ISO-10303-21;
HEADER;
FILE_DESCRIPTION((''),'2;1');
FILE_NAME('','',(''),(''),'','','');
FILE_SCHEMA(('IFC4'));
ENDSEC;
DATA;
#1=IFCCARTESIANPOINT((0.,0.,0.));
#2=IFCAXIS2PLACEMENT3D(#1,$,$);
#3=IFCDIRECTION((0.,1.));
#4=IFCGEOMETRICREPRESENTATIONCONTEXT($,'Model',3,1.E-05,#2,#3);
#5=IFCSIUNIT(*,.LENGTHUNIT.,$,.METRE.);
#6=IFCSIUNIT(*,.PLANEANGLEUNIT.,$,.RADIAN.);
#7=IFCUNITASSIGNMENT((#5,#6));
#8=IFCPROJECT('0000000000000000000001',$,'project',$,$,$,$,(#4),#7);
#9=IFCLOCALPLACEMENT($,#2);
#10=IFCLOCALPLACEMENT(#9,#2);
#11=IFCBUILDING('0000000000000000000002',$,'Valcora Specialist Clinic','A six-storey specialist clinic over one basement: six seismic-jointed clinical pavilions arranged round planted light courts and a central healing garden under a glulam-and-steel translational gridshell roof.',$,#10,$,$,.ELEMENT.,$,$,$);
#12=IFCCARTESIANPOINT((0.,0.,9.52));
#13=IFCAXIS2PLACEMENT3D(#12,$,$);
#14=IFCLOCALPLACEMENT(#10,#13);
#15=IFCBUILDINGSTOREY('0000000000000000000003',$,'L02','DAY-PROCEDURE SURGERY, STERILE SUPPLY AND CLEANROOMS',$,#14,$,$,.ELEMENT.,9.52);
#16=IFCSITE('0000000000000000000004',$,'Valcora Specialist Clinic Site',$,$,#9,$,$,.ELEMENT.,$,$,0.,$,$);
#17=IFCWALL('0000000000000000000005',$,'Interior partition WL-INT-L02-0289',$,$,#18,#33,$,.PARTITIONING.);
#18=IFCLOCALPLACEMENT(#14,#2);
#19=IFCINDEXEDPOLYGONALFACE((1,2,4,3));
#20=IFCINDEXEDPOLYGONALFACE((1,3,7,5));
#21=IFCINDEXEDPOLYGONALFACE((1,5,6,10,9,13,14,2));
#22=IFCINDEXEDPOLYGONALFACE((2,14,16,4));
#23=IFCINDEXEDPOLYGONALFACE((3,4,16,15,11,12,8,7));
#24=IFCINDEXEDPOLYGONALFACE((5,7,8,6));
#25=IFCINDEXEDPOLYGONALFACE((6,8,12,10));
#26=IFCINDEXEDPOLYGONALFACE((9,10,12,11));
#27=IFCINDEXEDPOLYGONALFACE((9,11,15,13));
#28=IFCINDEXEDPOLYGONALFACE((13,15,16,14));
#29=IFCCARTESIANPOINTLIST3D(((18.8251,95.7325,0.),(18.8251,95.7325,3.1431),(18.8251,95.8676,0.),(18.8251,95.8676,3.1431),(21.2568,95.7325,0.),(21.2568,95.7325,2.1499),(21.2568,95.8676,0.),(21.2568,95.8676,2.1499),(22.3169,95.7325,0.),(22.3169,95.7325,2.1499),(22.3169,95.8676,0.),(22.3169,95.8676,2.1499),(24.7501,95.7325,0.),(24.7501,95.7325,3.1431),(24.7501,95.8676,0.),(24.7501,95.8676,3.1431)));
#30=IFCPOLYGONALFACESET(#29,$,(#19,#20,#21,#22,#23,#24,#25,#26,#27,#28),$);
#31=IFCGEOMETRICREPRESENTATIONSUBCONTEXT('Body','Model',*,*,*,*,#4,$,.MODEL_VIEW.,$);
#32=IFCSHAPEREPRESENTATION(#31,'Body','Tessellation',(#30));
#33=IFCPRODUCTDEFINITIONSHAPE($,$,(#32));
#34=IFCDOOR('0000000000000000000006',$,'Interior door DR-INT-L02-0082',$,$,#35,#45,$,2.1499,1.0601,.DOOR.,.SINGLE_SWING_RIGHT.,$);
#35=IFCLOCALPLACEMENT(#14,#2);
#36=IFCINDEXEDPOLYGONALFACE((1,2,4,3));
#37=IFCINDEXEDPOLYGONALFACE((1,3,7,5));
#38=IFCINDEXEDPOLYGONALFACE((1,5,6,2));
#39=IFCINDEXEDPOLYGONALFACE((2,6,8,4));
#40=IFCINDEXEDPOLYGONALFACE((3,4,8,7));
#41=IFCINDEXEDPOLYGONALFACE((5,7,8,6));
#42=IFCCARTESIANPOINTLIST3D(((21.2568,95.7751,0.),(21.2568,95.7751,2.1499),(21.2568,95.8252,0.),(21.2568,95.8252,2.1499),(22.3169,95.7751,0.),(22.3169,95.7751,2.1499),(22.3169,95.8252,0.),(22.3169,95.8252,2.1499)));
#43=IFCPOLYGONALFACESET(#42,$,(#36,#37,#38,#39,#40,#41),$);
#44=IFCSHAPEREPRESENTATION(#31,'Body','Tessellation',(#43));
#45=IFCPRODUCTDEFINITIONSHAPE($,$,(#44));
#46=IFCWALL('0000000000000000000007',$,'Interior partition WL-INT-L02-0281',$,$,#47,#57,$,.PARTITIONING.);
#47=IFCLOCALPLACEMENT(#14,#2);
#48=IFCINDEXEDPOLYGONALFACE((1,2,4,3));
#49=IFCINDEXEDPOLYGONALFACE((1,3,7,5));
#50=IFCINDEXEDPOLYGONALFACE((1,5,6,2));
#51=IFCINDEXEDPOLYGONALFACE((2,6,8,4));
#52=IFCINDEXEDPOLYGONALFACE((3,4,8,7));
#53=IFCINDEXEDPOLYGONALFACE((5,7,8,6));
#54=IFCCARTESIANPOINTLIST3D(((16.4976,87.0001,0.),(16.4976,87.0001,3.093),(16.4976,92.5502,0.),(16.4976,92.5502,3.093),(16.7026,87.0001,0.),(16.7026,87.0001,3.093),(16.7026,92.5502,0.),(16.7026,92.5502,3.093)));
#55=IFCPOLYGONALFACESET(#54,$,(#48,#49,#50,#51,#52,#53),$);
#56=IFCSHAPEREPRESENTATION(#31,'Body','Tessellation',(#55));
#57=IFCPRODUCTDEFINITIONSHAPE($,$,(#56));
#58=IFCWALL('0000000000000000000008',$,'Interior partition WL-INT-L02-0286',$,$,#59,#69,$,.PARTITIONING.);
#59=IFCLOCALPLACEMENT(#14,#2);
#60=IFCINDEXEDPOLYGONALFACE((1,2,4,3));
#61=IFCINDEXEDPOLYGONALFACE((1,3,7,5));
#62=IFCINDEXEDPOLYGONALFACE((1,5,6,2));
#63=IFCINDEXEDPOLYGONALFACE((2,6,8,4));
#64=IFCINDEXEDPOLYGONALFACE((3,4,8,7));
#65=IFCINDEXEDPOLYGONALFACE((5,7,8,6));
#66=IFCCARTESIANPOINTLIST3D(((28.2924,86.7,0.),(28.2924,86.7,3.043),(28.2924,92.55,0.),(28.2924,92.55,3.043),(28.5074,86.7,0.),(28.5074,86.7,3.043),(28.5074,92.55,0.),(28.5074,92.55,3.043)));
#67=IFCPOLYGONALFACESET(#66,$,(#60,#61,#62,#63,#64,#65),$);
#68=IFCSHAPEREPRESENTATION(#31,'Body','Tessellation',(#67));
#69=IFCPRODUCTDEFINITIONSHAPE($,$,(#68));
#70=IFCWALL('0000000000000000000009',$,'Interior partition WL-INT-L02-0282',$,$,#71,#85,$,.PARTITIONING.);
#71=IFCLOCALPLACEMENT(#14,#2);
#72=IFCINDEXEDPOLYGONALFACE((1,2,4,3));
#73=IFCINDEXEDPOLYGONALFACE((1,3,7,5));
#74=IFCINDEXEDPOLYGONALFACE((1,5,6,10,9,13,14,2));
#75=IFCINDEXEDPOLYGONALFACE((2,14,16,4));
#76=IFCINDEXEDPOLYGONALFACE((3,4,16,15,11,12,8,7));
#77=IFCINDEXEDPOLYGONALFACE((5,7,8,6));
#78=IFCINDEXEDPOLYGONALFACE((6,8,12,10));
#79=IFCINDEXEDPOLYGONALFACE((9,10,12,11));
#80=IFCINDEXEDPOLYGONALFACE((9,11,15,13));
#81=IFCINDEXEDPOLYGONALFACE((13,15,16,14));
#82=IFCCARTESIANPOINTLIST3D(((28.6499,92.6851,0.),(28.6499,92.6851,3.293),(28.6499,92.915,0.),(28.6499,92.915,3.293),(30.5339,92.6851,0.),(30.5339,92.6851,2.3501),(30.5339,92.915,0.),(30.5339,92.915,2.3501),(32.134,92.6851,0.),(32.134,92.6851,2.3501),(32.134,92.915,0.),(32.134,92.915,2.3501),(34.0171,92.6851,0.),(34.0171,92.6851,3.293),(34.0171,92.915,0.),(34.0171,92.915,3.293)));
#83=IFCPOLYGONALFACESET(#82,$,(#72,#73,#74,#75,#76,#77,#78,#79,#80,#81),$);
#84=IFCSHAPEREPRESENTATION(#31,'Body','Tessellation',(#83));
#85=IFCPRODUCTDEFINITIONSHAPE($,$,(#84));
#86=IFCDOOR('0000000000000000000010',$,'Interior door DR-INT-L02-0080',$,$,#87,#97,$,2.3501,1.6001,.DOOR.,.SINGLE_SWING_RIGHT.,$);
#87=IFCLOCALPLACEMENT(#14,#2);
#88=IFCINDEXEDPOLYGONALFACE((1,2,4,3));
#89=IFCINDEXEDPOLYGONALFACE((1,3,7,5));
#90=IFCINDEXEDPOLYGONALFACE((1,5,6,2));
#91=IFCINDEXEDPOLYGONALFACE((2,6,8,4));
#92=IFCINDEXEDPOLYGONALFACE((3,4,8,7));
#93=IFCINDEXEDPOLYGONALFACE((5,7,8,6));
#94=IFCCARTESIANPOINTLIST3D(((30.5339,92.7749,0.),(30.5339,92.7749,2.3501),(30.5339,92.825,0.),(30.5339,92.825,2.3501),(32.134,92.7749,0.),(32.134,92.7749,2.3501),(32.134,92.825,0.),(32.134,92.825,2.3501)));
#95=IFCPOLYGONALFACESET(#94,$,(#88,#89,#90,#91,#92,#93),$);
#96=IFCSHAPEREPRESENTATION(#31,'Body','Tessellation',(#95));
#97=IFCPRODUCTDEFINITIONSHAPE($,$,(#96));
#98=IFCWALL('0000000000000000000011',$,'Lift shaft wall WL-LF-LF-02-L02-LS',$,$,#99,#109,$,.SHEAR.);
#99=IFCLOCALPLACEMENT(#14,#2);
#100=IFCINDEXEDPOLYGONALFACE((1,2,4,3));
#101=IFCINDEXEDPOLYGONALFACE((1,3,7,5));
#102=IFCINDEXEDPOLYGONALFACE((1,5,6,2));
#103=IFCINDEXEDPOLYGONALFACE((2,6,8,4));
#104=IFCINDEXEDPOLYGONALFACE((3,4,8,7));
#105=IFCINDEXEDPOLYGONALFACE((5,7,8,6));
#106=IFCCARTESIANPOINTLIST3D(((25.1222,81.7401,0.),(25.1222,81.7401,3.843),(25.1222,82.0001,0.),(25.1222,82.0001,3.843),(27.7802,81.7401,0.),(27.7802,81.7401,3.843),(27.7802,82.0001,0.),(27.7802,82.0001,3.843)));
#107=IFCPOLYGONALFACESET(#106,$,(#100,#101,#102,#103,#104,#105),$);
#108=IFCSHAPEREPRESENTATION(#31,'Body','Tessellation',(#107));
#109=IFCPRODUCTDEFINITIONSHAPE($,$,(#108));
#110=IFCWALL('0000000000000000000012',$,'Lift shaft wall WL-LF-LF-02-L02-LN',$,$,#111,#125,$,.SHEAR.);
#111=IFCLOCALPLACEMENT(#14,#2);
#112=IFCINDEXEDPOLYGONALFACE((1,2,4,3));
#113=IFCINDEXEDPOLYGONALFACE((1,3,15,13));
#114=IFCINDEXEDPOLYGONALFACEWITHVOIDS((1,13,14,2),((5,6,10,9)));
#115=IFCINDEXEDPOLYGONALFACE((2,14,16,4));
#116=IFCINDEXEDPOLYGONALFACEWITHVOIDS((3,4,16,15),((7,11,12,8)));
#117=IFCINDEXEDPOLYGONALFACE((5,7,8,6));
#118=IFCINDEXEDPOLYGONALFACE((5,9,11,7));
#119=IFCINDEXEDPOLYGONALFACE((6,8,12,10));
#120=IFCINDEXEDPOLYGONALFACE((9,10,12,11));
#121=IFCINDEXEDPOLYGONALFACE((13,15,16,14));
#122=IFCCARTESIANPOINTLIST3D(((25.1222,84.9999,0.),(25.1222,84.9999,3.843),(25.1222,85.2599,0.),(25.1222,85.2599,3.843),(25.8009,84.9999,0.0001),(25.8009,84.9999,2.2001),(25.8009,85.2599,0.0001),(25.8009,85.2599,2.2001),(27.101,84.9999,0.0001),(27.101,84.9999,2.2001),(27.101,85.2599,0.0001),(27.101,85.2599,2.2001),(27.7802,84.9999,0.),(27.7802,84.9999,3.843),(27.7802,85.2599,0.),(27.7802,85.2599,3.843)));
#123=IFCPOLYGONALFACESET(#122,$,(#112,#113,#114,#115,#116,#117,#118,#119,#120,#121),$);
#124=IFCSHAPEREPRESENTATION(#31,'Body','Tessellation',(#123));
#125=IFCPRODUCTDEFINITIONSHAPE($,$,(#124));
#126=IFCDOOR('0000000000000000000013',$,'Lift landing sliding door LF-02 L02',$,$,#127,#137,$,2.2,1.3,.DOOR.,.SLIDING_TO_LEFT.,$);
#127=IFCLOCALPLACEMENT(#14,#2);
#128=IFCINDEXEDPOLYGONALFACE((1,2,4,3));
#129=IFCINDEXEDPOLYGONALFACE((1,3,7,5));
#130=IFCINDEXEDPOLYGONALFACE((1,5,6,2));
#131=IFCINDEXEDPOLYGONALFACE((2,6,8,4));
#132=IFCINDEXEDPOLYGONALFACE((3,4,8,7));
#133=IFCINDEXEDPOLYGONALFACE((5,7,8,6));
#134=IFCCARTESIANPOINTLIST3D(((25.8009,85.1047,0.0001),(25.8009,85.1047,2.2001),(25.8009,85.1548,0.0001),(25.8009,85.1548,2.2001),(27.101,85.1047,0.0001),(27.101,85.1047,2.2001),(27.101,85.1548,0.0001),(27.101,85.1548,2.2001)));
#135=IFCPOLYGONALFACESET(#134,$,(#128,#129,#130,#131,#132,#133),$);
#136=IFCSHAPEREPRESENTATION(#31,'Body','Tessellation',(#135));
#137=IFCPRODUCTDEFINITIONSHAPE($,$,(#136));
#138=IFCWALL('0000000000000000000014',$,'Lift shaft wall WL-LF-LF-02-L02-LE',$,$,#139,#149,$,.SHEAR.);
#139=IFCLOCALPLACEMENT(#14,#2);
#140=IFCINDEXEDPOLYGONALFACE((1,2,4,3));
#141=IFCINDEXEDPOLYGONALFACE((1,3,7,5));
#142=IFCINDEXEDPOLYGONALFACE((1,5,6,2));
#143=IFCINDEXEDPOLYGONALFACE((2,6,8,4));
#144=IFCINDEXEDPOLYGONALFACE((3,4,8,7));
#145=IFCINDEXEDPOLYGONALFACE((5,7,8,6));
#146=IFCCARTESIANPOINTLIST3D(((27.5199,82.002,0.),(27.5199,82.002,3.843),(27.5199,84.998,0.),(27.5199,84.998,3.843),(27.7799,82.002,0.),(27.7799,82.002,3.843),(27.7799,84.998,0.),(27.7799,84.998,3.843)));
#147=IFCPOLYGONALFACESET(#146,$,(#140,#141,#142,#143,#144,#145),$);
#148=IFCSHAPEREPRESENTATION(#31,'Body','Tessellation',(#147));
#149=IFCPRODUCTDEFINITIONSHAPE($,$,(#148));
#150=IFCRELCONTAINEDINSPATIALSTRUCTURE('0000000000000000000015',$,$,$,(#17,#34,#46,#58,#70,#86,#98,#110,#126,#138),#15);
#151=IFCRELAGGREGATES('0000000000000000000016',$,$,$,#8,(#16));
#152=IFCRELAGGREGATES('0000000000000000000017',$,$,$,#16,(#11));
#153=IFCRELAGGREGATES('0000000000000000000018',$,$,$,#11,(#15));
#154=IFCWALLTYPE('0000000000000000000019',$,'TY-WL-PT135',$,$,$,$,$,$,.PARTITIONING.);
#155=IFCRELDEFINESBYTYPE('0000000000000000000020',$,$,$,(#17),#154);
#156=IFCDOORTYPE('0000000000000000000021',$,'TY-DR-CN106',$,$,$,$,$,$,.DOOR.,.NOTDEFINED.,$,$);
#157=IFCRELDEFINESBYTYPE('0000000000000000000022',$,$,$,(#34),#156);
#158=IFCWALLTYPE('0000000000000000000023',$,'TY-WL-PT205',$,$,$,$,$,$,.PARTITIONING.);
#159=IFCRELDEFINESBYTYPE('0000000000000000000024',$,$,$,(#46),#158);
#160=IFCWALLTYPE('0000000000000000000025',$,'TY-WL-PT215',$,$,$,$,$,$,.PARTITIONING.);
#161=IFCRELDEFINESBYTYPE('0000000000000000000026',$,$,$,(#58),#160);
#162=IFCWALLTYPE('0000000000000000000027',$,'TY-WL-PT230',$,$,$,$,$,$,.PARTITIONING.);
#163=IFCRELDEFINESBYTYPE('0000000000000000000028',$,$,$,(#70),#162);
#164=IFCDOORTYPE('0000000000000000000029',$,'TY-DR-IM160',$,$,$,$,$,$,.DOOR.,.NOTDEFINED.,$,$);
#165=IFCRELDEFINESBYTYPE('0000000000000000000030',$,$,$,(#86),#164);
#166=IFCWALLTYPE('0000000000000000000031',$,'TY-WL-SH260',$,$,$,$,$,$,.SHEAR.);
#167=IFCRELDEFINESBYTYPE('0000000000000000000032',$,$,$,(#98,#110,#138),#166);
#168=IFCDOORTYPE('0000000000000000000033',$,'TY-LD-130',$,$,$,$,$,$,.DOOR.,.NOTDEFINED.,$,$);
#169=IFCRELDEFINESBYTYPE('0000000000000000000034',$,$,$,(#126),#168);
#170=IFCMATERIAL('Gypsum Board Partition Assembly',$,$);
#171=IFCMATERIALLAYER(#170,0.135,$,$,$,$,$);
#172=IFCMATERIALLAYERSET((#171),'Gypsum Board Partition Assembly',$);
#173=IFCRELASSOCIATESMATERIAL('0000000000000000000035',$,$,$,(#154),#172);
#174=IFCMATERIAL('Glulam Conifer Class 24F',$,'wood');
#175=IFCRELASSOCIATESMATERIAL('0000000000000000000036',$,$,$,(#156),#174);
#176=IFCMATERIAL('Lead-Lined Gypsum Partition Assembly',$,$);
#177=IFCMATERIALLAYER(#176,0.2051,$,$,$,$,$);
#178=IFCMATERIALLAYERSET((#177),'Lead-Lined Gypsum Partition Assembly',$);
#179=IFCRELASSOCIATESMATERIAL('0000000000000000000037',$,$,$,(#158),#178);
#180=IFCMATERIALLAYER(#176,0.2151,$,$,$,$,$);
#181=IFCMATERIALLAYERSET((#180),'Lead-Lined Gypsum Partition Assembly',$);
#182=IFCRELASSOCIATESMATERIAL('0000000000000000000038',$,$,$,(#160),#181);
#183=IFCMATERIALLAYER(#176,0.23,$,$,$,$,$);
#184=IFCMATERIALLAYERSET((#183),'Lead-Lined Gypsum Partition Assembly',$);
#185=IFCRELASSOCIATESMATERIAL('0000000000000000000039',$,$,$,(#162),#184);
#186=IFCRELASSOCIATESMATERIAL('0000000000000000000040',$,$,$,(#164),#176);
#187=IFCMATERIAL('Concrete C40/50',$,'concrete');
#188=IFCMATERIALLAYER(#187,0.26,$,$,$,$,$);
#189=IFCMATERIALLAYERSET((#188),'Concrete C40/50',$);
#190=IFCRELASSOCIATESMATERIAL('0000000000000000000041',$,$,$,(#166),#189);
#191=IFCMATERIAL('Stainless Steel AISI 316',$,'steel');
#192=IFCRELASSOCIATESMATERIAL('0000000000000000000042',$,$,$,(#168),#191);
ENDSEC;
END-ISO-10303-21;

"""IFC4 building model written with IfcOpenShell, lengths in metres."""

from ifc_helpers import new_model, si_unit, direction, frame, frame_2d, origin, place, context, subcontext, project, spatial, rectangle, extrude, material, layer, layer_set, type_object, element, fill, save


model = new_model("IFC4")

# Units and contexts
model_context = context("Model", 3, precision=1e-05, world=origin(), true_north=direction((0.0, 1.0)))
body_context = subcontext(model_context, "Body", "Model", "MODEL_VIEW")
ifc_project = project(units=[si_unit("LENGTHUNIT", "METRE"), si_unit("PLANEANGLEUNIT", "RADIAN")], contexts=[model_context])

# Site, building, storey
site_placement = place(None, origin())
site = spatial("IfcSite", under=ifc_project, at=site_placement, Name="Valcora Specialist Clinic Site", CompositionType="ELEMENT", RefElevation=0.0)
building_placement = place(site_placement, origin())
building = spatial("IfcBuilding", under=site, at=building_placement, Name="Valcora Specialist Clinic", Description="A six-storey specialist clinic over one basement: six seismic-jointed clinical pavilions arranged round planted light courts and a central healing garden under a glulam-and-steel translational gridshell roof.", CompositionType="ELEMENT")
storey_placement = place(building_placement, frame((0.0, 0.0, 9.52)))
storey = spatial("IfcBuildingStorey", under=building, at=storey_placement, Name="L02", Description="DAY-PROCEDURE SURGERY, STERILE SUPPLY AND CLEANROOMS", CompositionType="ELEMENT", Elevation=9.52)

# Shared definitions
ifc_material_1 = material(Name="Concrete C40/50", Category="concrete")

# Wall, opening, door
ifc_material_2 = material(Name="Gypsum Board Partition Assembly")
ifc_material_3 = material(Name="Glulam Conifer Class 24F", Category="wood")
ifc_layer_1 = layer(ifc_material_2, 0.135)
ifc_layer_set_1 = layer_set([ifc_layer_1], Name="Gypsum Board Partition Assembly")
wall_type_1 = type_object("IfcWallType", Name="TY-WL-PT135", PredefinedType="PARTITIONING", material=ifc_layer_set_1)
wall_1_placement = place(storey_placement, frame((24.75, 95.8, 0.0), z_axis=(0.0, 0.0, 1.0), x_axis=(-1.0, 0.0, 0.0)))
wall_1 = element("IfcWall", 1, at=wall_1_placement, inside=storey, type_object=wall_type_1, Name="Interior partition WL-INT-L02-0289", PredefinedType="PARTITIONING", context=body_context, shape_type="SweptSolid", body=[
    extrude(rectangle(XDim=5.925, YDim=0.135, at=frame_2d((2.9624, 0.0))), origin(), (0.0, 0.0, 1.0), 3.1431),
])
opening_1_placement = place(wall_1_placement, frame((2.4331, 0.0, 0.0)))
opening_1 = element("IfcOpeningElement", 2, at=opening_1_placement, cuts=wall_1, PredefinedType="OPENING", context=body_context, shape_type="SweptSolid", body=[
    extrude(rectangle(XDim=1.0601, YDim=2.1499, at=frame_2d((0.53, 1.075))), frame((0.0, 0.0774, 0.0), z_axis=(0.0, -1.0, 0.0), x_axis=(1.0, 0.0, 0.0)), (0.0, 0.0, 1.0), 0.155),
])
door_type_1 = type_object("IfcDoorType", Name="TY-DR-CN106", OperationType="NOTDEFINED", PredefinedType="DOOR", material=ifc_material_3)
door_1_placement = place(opening_1_placement, origin())
door_1 = element("IfcDoor", 3, at=door_1_placement, inside=storey, type_object=door_type_1, Name="Interior door DR-INT-L02-0082", OperationType="SINGLE_SWING_RIGHT", OverallHeight=2.1499, OverallWidth=1.0601, PredefinedType="DOOR", context=body_context, shape_type="SweptSolid", body=[
    extrude(rectangle(XDim=1.0601, YDim=2.1499, at=frame_2d((0.53, 1.075))), frame((0.0, 0.0249, 0.0), z_axis=(0.0, -1.0, 0.0), x_axis=(1.0, 0.0, 0.0)), (0.0, 0.0, 1.0), 0.05),
])
fill(opening_1, door_1)

# Walls
ifc_material_4 = material(Name="Lead-Lined Gypsum Partition Assembly")
ifc_layer_2 = layer(ifc_material_4, 0.2051)
ifc_layer_set_2 = layer_set([ifc_layer_2], Name="Lead-Lined Gypsum Partition Assembly")
wall_type_2 = type_object("IfcWallType", Name="TY-WL-PT205", PredefinedType="PARTITIONING", material=ifc_layer_set_2)
wall_2_placement = place(storey_placement, frame((16.6001, 92.55, 0.0), z_axis=(0.0, 0.0, 1.0), x_axis=(0.0, -1.0, 0.0)))
element("IfcWall", 4, at=wall_2_placement, inside=storey, type_object=wall_type_2, Name="Interior partition WL-INT-L02-0281", PredefinedType="PARTITIONING", context=body_context, shape_type="SweptSolid", body=[
    extrude(rectangle(XDim=5.55, YDim=0.2051, at=frame_2d((2.7749, 0.0))), origin(), (0.0, 0.0, 1.0), 3.093),
])
ifc_layer_3 = layer(ifc_material_4, 0.2151)
ifc_layer_set_3 = layer_set([ifc_layer_3], Name="Lead-Lined Gypsum Partition Assembly")
wall_type_3 = type_object("IfcWallType", Name="TY-WL-PT215", PredefinedType="PARTITIONING", material=ifc_layer_set_3)
wall_3_placement = place(storey_placement, frame((28.3999, 86.7, 0.0), z_axis=(0.0, 0.0, 1.0), x_axis=(0.0, 1.0, 0.0)))
element("IfcWall", 5, at=wall_3_placement, inside=storey, type_object=wall_type_3, Name="Interior partition WL-INT-L02-0286", PredefinedType="PARTITIONING", context=body_context, shape_type="SweptSolid", body=[
    extrude(rectangle(XDim=5.8501, YDim=0.2151, at=frame_2d((2.925, 0.0))), origin(), (0.0, 0.0, 1.0), 3.043),
])

# Wall, opening, door
ifc_layer_4 = layer(ifc_material_4, 0.23)
ifc_layer_set_4 = layer_set([ifc_layer_4], Name="Lead-Lined Gypsum Partition Assembly")
wall_type_4 = type_object("IfcWallType", Name="TY-WL-PT230", PredefinedType="PARTITIONING", material=ifc_layer_set_4)
wall_4_placement = place(storey_placement, frame((28.6499, 92.8, 0.0), z_axis=(0.0, 0.0, 1.0), x_axis=(1.0, 0.0, 0.0)))
wall_4 = element("IfcWall", 6, at=wall_4_placement, inside=storey, type_object=wall_type_4, Name="Interior partition WL-INT-L02-0282", PredefinedType="PARTITIONING", context=body_context, shape_type="SweptSolid", body=[
    extrude(rectangle(XDim=5.3672, YDim=0.23, at=frame_2d((2.6836, 0.0))), origin(), (0.0, 0.0, 1.0), 3.293),
])
opening_2_placement = place(wall_4_placement, frame((1.884, 0.0, 0.0)))
opening_2 = element("IfcOpeningElement", 7, at=opening_2_placement, cuts=wall_4, PredefinedType="OPENING", context=body_context, shape_type="SweptSolid", body=[
    extrude(rectangle(XDim=1.6001, YDim=2.3501, at=frame_2d((0.8, 1.175))), frame((0.0, 0.125, 0.0), z_axis=(0.0, -1.0, 0.0), x_axis=(1.0, 0.0, 0.0)), (0.0, 0.0, 1.0), 0.25),
])
door_type_2 = type_object("IfcDoorType", Name="TY-DR-IM160", OperationType="NOTDEFINED", PredefinedType="DOOR", material=ifc_material_4)
door_2_placement = place(opening_2_placement, origin())
door_2 = element("IfcDoor", 8, at=door_2_placement, inside=storey, type_object=door_type_2, Name="Interior door DR-INT-L02-0080", OperationType="SINGLE_SWING_RIGHT", OverallHeight=2.3501, OverallWidth=1.6001, PredefinedType="DOOR", context=body_context, shape_type="SweptSolid", body=[
    extrude(rectangle(XDim=1.6001, YDim=2.3501, at=frame_2d((0.8, 1.175))), frame((0.0, 0.0249, 0.0), z_axis=(0.0, -1.0, 0.0), x_axis=(1.0, 0.0, 0.0)), (0.0, 0.0, 1.0), 0.05),
])
fill(opening_2, door_2)

# Wall
ifc_layer_5 = layer(ifc_material_1, 0.26)
ifc_layer_set_5 = layer_set([ifc_layer_5], Name="Concrete C40/50")
wall_type_5 = type_object("IfcWallType", Name="TY-WL-SH260", PredefinedType="SHEAR", material=ifc_layer_set_5)
wall_5_placement = place(storey_placement, frame((25.1221, 81.8701, 0.0), z_axis=(0.0, 0.0, 1.0), x_axis=(1.0, 0.0, 0.0)))
element("IfcWall", 9, at=wall_5_placement, inside=storey, type_object=wall_type_5, Name="Lift shaft wall WL-LF-LF-02-L02-LS", PredefinedType="SHEAR", context=body_context, shape_type="SweptSolid", body=[
    extrude(rectangle(XDim=2.658, YDim=0.26, at=frame_2d((1.3291, 0.0))), origin(), (0.0, 0.0, 1.0), 3.843),
])

# Wall, opening, door
wall_6_placement = place(storey_placement, frame((25.1221, 85.1299, 0.0), z_axis=(0.0, 0.0, 1.0), x_axis=(1.0, 0.0, 0.0)))
wall_6 = element("IfcWall", 10, at=wall_6_placement, inside=storey, type_object=wall_type_5, Name="Lift shaft wall WL-LF-LF-02-L02-LN", PredefinedType="SHEAR", context=body_context, shape_type="SweptSolid", body=[
    extrude(rectangle(XDim=2.658, YDim=0.26, at=frame_2d((1.3291, 0.0))), origin(), (0.0, 0.0, 1.0), 3.843),
])
opening_3_placement = place(wall_6_placement, frame((0.679, 0.0, 0.0)))
opening_3 = element("IfcOpeningElement", 11, at=opening_3_placement, cuts=wall_6, PredefinedType="OPENING", context=body_context, shape_type="SweptSolid", body=[
    extrude(rectangle(XDim=1.3, YDim=2.2, at=frame_2d((0.6499, 1.1001))), frame((0.0, 0.1399, 0.0), z_axis=(0.0, -1.0, 0.0), x_axis=(1.0, 0.0, 0.0)), (0.0, 0.0, 1.0), 0.28),
])
ifc_material_5 = material(Name="Stainless Steel AISI 316", Category="steel")
door_type_3 = type_object("IfcDoorType", Name="TY-LD-130", OperationType="NOTDEFINED", PredefinedType="DOOR", material=ifc_material_5)
door_3_placement = place(opening_3_placement, origin())
door_3 = element("IfcDoor", 12, at=door_3_placement, inside=storey, type_object=door_type_3, Name="Lift landing sliding door LF-02 L02", OperationType="SLIDING_TO_LEFT", OverallHeight=2.2, OverallWidth=1.3, PredefinedType="DOOR", context=body_context, shape_type="SweptSolid", body=[
    extrude(rectangle(XDim=1.3, YDim=2.2, at=frame_2d((0.6499, 1.1001))), frame((0.0, 0.0249, 0.0), z_axis=(0.0, -1.0, 0.0), x_axis=(1.0, 0.0, 0.0)), (0.0, 0.0, 1.0), 0.05),
])
fill(opening_3, door_3)

# Wall
wall_7_placement = place(storey_placement, frame((27.6499, 82.002, 0.0), z_axis=(0.0, 0.0, 1.0), x_axis=(0.0, 1.0, 0.0)))
element("IfcWall", 13, at=wall_7_placement, inside=storey, type_object=wall_type_5, Name="Lift shaft wall WL-LF-LF-02-L02-LE", PredefinedType="SHEAR", context=body_context, shape_type="SweptSolid", body=[
    extrude(rectangle(XDim=2.9961, YDim=0.26, at=frame_2d((1.498, 0.0))), origin(), (0.0, 0.0, 1.0), 3.843),
])

save(model, "model.ifc")
